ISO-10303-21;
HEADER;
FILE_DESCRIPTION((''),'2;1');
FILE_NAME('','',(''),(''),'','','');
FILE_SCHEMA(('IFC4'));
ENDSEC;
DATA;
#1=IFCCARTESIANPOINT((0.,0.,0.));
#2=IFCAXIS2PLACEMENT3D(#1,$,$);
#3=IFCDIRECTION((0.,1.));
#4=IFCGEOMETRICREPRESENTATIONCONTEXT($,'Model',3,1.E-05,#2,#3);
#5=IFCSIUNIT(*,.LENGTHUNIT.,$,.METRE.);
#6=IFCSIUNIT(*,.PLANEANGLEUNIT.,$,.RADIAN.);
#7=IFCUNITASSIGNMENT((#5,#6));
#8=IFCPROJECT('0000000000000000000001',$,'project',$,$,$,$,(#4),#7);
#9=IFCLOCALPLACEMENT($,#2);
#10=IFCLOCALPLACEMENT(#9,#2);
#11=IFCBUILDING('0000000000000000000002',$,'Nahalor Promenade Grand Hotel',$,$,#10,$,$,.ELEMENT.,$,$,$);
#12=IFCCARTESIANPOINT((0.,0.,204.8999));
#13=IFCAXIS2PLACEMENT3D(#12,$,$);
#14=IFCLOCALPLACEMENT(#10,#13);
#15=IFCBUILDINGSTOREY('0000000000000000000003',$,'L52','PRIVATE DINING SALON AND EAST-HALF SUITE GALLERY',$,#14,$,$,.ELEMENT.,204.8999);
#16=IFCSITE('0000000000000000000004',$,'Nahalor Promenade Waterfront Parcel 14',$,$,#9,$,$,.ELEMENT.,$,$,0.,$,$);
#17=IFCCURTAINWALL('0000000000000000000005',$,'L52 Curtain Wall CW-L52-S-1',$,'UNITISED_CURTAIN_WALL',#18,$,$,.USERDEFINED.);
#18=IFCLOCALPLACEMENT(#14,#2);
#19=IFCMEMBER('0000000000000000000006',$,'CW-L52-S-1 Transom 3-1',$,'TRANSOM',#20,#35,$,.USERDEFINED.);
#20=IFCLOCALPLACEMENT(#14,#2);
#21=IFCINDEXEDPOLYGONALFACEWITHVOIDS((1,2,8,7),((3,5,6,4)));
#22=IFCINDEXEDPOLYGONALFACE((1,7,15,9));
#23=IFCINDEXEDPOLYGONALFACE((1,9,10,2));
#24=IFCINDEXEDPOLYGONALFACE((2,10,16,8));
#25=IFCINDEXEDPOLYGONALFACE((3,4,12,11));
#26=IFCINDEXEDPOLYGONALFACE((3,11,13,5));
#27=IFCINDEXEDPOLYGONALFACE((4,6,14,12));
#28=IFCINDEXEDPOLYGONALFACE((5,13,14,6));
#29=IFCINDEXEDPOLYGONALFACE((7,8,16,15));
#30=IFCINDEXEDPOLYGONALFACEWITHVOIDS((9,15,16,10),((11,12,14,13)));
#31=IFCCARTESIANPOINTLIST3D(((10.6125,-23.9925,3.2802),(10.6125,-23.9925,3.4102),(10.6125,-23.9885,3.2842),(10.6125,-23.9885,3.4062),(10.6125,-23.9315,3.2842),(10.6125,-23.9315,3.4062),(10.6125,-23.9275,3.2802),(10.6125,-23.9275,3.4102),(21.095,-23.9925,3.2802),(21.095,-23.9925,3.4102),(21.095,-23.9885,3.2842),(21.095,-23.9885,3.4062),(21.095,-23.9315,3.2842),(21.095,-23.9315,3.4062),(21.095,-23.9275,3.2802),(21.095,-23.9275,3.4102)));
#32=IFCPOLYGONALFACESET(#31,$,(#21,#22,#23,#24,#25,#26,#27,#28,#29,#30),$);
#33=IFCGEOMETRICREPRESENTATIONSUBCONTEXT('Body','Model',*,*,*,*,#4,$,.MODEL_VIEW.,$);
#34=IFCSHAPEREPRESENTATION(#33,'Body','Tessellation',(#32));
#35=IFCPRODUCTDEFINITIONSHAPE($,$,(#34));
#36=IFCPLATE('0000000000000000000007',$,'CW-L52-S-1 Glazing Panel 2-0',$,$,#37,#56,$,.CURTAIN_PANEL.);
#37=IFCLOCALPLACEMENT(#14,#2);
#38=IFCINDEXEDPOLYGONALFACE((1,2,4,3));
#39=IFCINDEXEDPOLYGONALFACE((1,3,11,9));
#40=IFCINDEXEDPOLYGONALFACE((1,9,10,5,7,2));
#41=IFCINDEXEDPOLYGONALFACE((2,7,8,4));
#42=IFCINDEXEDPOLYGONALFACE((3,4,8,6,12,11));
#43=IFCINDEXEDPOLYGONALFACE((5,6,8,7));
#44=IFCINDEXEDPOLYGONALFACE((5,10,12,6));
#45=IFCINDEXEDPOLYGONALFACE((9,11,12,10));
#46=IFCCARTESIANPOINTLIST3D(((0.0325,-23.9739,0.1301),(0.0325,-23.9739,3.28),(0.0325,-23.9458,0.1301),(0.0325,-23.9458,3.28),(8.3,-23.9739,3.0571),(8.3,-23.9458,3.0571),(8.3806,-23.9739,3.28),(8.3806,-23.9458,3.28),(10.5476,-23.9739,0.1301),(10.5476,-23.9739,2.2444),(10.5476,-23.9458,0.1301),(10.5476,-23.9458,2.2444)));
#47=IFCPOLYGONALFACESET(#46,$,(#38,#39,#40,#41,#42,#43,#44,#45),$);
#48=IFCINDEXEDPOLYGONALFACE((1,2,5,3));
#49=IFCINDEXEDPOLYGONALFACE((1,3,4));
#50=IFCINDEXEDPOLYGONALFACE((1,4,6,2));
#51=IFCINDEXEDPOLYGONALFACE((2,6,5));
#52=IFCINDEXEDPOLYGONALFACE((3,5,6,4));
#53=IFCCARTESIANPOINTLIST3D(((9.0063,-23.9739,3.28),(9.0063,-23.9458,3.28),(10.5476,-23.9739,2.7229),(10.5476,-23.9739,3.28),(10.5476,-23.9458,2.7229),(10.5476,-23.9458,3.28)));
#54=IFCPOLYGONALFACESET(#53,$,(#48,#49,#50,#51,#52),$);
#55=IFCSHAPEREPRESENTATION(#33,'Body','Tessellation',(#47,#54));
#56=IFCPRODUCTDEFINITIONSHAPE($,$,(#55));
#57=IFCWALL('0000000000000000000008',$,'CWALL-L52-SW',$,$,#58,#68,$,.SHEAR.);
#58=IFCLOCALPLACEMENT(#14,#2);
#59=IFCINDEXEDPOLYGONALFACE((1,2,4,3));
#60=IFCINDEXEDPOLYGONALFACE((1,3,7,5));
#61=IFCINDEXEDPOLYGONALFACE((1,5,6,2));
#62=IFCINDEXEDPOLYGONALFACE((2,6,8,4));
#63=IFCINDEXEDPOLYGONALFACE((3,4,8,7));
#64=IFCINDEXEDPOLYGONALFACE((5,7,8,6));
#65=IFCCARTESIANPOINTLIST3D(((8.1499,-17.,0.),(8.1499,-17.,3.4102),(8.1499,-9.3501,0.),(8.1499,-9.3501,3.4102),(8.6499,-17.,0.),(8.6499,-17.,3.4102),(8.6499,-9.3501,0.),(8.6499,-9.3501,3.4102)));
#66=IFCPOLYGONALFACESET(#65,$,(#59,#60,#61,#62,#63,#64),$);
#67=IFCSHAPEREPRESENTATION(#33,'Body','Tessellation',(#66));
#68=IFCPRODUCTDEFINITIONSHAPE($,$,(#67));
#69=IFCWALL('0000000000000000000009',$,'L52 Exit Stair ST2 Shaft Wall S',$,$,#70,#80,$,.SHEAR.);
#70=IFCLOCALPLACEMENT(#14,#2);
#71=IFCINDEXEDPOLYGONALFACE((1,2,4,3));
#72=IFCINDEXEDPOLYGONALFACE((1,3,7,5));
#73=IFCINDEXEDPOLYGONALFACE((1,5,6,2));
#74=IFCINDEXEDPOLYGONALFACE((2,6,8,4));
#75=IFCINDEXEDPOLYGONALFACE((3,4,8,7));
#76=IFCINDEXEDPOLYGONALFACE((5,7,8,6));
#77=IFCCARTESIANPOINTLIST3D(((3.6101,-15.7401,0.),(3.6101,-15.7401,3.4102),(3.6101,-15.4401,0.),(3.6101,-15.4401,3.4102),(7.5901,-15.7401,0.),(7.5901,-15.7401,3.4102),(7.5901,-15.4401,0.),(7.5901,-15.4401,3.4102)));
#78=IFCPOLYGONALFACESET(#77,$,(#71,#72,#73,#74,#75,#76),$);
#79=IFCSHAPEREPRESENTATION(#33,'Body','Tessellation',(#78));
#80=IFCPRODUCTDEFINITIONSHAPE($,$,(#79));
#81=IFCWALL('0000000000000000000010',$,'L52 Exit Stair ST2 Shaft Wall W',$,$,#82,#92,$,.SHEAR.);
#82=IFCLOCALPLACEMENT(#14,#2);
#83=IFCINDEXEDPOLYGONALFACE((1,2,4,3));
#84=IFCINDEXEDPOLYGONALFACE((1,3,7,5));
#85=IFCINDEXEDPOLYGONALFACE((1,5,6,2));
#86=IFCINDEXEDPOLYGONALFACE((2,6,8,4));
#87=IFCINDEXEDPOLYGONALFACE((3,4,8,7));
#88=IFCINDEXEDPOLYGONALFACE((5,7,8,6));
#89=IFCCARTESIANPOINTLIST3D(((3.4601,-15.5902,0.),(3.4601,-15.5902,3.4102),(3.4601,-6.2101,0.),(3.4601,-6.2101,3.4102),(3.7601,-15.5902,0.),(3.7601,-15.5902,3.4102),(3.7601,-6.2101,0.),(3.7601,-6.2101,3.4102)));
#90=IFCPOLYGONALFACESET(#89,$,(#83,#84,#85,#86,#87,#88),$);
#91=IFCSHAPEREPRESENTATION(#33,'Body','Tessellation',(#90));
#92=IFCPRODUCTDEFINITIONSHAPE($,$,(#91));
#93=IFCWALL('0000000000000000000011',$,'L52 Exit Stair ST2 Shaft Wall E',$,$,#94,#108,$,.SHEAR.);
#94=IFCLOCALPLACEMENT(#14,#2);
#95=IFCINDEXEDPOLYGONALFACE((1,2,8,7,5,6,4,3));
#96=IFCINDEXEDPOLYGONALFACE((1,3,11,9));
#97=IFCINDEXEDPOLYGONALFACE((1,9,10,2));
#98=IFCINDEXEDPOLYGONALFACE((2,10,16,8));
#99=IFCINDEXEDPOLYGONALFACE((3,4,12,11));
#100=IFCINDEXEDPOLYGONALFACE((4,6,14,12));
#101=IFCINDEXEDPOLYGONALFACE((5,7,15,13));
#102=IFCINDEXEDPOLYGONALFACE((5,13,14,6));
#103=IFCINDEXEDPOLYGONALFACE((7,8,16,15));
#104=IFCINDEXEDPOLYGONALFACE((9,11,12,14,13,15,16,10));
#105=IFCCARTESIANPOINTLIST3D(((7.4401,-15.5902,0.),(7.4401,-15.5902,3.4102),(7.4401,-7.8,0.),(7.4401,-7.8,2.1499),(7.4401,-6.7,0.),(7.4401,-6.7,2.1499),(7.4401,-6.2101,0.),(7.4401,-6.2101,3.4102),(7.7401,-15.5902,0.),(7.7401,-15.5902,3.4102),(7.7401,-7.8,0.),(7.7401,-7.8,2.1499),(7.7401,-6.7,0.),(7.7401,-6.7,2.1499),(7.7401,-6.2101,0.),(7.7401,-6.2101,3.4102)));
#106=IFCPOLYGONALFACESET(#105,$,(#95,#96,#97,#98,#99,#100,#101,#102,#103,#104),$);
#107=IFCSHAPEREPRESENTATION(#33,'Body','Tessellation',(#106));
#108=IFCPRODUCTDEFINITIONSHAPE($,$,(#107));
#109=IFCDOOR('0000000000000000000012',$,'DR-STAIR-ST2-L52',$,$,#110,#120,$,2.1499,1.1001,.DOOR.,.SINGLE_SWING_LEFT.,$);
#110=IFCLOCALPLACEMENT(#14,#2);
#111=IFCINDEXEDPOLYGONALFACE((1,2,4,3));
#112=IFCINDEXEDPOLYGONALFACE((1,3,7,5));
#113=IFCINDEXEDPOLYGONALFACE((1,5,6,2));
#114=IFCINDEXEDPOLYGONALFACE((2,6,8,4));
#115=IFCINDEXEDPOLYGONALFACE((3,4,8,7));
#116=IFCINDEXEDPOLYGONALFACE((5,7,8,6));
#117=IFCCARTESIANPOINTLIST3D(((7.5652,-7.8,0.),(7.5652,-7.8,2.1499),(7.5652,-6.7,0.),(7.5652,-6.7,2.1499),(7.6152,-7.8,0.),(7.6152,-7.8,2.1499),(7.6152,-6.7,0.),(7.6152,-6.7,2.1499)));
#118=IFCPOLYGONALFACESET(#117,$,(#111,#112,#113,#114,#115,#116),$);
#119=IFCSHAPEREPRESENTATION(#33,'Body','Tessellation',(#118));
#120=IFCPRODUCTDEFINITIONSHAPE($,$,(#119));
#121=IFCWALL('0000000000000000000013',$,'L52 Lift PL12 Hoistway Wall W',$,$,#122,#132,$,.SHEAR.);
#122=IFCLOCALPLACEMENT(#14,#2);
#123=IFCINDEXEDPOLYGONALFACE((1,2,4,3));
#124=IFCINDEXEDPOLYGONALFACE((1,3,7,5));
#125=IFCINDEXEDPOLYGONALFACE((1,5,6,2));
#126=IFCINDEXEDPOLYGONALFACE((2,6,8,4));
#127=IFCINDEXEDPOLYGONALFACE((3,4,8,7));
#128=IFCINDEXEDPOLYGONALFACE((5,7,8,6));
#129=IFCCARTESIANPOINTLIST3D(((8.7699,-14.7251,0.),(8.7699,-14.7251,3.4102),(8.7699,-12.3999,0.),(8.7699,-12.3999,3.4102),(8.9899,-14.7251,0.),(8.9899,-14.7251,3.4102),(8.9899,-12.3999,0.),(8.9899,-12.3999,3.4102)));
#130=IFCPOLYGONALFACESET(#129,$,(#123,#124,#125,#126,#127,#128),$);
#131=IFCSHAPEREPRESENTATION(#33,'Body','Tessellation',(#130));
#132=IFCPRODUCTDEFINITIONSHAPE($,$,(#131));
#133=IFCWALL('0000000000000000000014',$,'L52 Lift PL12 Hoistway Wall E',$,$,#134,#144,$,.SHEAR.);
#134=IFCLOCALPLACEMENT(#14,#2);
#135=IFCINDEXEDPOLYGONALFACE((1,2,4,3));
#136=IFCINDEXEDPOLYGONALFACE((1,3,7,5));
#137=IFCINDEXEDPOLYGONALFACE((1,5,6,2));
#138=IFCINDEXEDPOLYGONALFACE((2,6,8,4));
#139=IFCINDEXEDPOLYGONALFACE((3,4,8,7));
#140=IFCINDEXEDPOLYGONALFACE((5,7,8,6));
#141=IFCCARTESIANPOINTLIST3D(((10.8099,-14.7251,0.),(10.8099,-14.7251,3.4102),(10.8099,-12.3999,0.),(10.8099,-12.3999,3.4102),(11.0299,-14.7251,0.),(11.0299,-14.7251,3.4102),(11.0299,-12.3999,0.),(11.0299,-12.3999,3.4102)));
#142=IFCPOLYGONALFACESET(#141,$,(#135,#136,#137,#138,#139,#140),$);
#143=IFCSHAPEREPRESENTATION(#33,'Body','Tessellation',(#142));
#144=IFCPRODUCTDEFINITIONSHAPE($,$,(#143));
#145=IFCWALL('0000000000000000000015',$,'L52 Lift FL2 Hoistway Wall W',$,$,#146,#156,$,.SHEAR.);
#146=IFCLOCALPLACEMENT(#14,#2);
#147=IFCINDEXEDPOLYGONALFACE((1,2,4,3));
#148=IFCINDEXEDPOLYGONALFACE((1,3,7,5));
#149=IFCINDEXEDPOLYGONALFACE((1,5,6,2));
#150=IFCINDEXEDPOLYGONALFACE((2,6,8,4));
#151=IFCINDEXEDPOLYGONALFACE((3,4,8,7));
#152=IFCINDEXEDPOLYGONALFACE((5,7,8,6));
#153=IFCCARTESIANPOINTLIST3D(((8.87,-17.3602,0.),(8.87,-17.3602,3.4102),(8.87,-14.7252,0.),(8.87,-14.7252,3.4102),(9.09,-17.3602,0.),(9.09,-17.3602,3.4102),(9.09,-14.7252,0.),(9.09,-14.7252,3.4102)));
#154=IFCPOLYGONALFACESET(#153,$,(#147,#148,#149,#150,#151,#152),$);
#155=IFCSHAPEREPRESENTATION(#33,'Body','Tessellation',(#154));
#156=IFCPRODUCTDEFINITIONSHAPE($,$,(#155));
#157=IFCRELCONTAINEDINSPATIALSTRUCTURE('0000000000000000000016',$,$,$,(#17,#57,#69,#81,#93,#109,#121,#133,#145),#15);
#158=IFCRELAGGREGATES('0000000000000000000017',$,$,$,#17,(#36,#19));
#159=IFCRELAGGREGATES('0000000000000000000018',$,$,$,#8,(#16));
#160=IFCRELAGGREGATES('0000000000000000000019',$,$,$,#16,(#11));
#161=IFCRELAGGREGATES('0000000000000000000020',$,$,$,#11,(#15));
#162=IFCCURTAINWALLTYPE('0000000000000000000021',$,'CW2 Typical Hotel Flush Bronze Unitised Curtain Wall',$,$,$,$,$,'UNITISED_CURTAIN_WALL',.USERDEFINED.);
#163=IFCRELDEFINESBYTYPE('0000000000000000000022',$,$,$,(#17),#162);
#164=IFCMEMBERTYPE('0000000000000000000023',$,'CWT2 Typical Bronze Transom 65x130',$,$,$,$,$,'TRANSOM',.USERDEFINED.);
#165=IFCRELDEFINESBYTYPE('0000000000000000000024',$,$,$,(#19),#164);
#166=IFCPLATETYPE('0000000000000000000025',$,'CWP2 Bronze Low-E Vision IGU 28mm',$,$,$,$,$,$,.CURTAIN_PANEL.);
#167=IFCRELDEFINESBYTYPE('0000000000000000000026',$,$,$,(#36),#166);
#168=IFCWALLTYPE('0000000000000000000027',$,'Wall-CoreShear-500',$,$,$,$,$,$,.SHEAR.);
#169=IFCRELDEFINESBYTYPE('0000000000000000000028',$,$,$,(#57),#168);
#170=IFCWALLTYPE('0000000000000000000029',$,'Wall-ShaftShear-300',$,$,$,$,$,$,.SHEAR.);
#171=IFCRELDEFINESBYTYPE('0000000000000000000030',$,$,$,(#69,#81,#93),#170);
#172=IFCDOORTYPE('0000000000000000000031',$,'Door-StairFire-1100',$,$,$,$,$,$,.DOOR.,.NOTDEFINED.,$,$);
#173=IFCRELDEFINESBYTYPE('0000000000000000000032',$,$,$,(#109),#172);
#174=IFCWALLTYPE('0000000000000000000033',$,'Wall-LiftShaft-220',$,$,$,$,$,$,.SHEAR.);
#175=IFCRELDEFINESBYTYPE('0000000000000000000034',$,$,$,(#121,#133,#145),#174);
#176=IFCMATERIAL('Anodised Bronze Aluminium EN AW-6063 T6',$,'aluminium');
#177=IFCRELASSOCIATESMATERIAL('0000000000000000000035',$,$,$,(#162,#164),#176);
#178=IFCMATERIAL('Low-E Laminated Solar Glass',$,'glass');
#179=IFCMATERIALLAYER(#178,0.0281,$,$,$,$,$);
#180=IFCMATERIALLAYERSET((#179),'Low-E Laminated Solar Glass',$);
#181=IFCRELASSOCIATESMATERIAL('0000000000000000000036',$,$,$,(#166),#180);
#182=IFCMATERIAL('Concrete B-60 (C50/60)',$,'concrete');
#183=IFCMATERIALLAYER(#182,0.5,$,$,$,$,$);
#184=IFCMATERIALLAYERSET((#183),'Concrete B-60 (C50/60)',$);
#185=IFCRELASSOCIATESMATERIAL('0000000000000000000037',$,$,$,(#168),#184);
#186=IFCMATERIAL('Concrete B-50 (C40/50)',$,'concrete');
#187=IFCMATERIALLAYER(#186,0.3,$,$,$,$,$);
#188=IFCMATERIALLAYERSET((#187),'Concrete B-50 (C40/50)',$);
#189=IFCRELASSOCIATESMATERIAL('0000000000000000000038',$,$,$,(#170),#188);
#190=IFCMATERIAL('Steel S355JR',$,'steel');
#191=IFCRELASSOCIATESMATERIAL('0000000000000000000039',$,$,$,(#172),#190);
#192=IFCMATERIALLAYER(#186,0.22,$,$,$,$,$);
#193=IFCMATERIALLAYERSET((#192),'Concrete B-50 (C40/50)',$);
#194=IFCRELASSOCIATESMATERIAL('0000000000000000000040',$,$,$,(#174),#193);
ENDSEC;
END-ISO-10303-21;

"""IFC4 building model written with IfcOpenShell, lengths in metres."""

from ifc_helpers import new_model, si_unit, direction, frame, frame_2d, origin, origin_2d, place, context, subcontext, project, spatial, polyline, rectangle, hollow_rectangle, outline, extrude, source, transform, mapped, material, layer, layer_set, material_profile, profile_set, type_object, element, fill, aggregate, save


model = new_model("IFC4")

# Units and contexts
model_context = context("Model", 3, precision=1e-05, world=origin(), true_north=direction((0.0, 1.0)))
body_context = subcontext(model_context, "Body", "Model", "MODEL_VIEW")
ifc_project = project(units=[si_unit("LENGTHUNIT", "METRE"), si_unit("PLANEANGLEUNIT", "RADIAN")], contexts=[model_context])

# Site, building, storey
site_placement = place(None, origin())
site = spatial("IfcSite", under=ifc_project, at=site_placement, Name="Nahalor Promenade Waterfront Parcel 14", CompositionType="ELEMENT", RefElevation=0.0)
building_placement = place(site_placement, origin())
building = spatial("IfcBuilding", under=site, at=building_placement, Name="Nahalor Promenade Grand Hotel", CompositionType="ELEMENT")
storey_placement = place(building_placement, frame((0.0, 0.0, 204.8999)))
storey = spatial("IfcBuildingStorey", under=building, at=storey_placement, Name="L52", Description="PRIVATE DINING SALON AND EAST-HALF SUITE GALLERY", CompositionType="ELEMENT", Elevation=204.8999)

# Shared definitions
ifc_material_1 = material(Name="Concrete B-60 (C50/60)", Category="concrete")
ifc_material_2 = material(Name="Steel S355JR", Category="steel")

# Curtain wall, member, plate
ifc_material_3 = material(Name="Anodised Bronze Aluminium EN AW-6063 T6", Category="aluminium")
curtain_wall_type = type_object("IfcCurtainWallType", Name="CW2 Typical Hotel Flush Bronze Unitised Curtain Wall", ElementType="UNITISED_CURTAIN_WALL", PredefinedType="USERDEFINED", material=ifc_material_3)
curtain_wall_placement = place(storey_placement, origin())
curtain_wall = element("IfcCurtainWall", 1, at=curtain_wall_placement, inside=storey, type_object=curtain_wall_type, Name="L52 Curtain Wall CW-L52-S-1", ObjectType="UNITISED_CURTAIN_WALL", PredefinedType="USERDEFINED")
ifc_material_profile_1 = material_profile(ifc_material_3, hollow_rectangle(XDim=0.065, YDim=0.13, WallThickness=0.004, at=origin_2d()), Name="CWT 65x130x4")
ifc_profile_set_1 = profile_set([ifc_material_profile_1], Name="Anodised Bronze Aluminium EN AW-6063 T6")
member_type_1 = type_object("IfcMemberType", Name="CWT2 Typical Bronze Transom 65x130", ElementType="TRANSOM", PredefinedType="USERDEFINED", material=ifc_profile_set_1)
shared_shape_1 = source(origin(), body_context, "Body", "SweptSolid", [
    extrude(hollow_rectangle(XDim=0.065, YDim=0.13, WallThickness=0.004, at=origin_2d()), origin(), (0.0, 0.0, 1.0), 10.4824),
])
member_1_placement = place(storey_placement, frame((10.6125, -23.96, 3.3452), z_axis=(1.0, 0.0, 0.0), x_axis=(0.0, 1.0, 0.0)))
member_1 = element("IfcMember", 2, at=member_1_placement, type_object=member_type_1, Name="CW-L52-S-1 Transom 3-1", ObjectType="TRANSOM", PredefinedType="USERDEFINED", context=body_context, shape_type="MappedRepresentation", body=[
    mapped(shared_shape_1, transform((0.0, 0.0, 0.0), scale=1.0)),
])
ifc_material_4 = material(Name="Low-E Laminated Solar Glass", Category="glass")
ifc_layer_1 = layer(ifc_material_4, 0.0281)
ifc_layer_set_1 = layer_set([ifc_layer_1], Name="Low-E Laminated Solar Glass")
plate_type = type_object("IfcPlateType", Name="CWP2 Bronze Low-E Vision IGU 28mm", PredefinedType="CURTAIN_PANEL", material=ifc_layer_set_1)
plate_placement = place(storey_placement, frame((5.29, -23.96, 0.1301), z_axis=(0.0, 0.0, 1.0), x_axis=(1.0, 0.0, 0.0)))
plate = element("IfcPlate", 3, at=plate_placement, type_object=plate_type, Name="CW-L52-S-1 Glazing Panel 2-0", PredefinedType="CURTAIN_PANEL", context=body_context, shape_type="SweptSolid", body=[
    extrude(outline(polyline([(-5.2576, 0.0), (5.2576, 0.0), (5.2576, 2.1143), (3.01, 2.927), (3.0906, 3.1499), (-5.2576, 3.1499), (-5.2576, 0.0)])), frame((0.0, 0.0142, 0.0), z_axis=(0.0, -1.0, 0.0), x_axis=(1.0, 0.0, 0.0)), (0.0, 0.0, 1.0), 0.0281),
    extrude(outline(polyline([(5.2576, 2.5928), (5.2576, 3.1499), (3.7163, 3.1499), (5.2576, 2.5928)])), frame((0.0, 0.0142, 0.0), z_axis=(0.0, -1.0, 0.0), x_axis=(1.0, 0.0, 0.0)), (0.0, 0.0, 1.0), 0.0281),
])
aggregate(curtain_wall, [plate, member_1])

# Walls
ifc_layer_2 = layer(ifc_material_1, 0.5)
ifc_layer_set_2 = layer_set([ifc_layer_2], Name="Concrete B-60 (C50/60)")
wall_type_1 = type_object("IfcWallType", Name="Wall-CoreShear-500", PredefinedType="SHEAR", material=ifc_layer_set_2)
shared_shape_2 = source(origin(), body_context, "Body", "SweptSolid", [
    extrude(rectangle(XDim=7.6499, YDim=0.5, at=frame_2d((3.825, 0.0))), origin(), (0.0, 0.0, 1.0), 3.4102),
])
wall_1_placement = place(storey_placement, frame((8.3999, -17.0, 0.0), z_axis=(0.0, 0.0, 1.0), x_axis=(0.0, 1.0, 0.0)))
element("IfcWall", 4, at=wall_1_placement, inside=storey, type_object=wall_type_1, Name="CWALL-L52-SW", PredefinedType="SHEAR", context=body_context, shape_type="MappedRepresentation", body=[
    mapped(shared_shape_2, transform((0.0, 0.0, 0.0), scale=1.0)),
])
ifc_material_5 = material(Name="Concrete B-50 (C40/50)", Category="concrete")
ifc_layer_3 = layer(ifc_material_5, 0.3)
ifc_layer_set_3 = layer_set([ifc_layer_3], Name="Concrete B-50 (C40/50)")
wall_type_2 = type_object("IfcWallType", Name="Wall-ShaftShear-300", PredefinedType="SHEAR", material=ifc_layer_set_3)
shared_shape_3 = source(origin(), body_context, "Body", "SweptSolid", [
    extrude(rectangle(XDim=3.98, YDim=0.3, at=frame_2d((1.99, 0.0))), origin(), (0.0, 0.0, 1.0), 3.4102),
])
wall_2_placement = place(storey_placement, frame((3.6101, -15.5901, 0.0), z_axis=(0.0, 0.0, 1.0), x_axis=(1.0, 0.0, 0.0)))
element("IfcWall", 5, at=wall_2_placement, inside=storey, type_object=wall_type_2, Name="L52 Exit Stair ST2 Shaft Wall S", PredefinedType="SHEAR", context=body_context, shape_type="MappedRepresentation", body=[
    mapped(shared_shape_3, transform((0.0, 0.0, 0.0), scale=1.0)),
])
shared_shape_4 = source(origin(), body_context, "Body", "SweptSolid", [
    extrude(rectangle(XDim=9.3801, YDim=0.3, at=frame_2d((4.6899, 0.0))), origin(), (0.0, 0.0, 1.0), 3.4102),
])
wall_3_placement = place(storey_placement, frame((3.6101, -15.5901, 0.0), z_axis=(0.0, 0.0, 1.0), x_axis=(0.0, 1.0, 0.0)))
element("IfcWall", 6, at=wall_3_placement, inside=storey, type_object=wall_type_2, Name="L52 Exit Stair ST2 Shaft Wall W", PredefinedType="SHEAR", context=body_context, shape_type="MappedRepresentation", body=[
    mapped(shared_shape_4, transform((0.0, 0.0, 0.0), scale=1.0)),
])

# Wall, opening, door
wall_4_placement = place(storey_placement, frame((7.5901, -15.5901, 0.0), z_axis=(0.0, 0.0, 1.0), x_axis=(0.0, 1.0, 0.0)))
wall_4 = element("IfcWall", 7, at=wall_4_placement, inside=storey, type_object=wall_type_2, Name="L52 Exit Stair ST2 Shaft Wall E", PredefinedType="SHEAR", context=body_context, shape_type="MappedRepresentation", body=[
    mapped(shared_shape_4, transform((0.0, 0.0, 0.0), scale=1.0)),
])
opening_1_placement = place(wall_4_placement, frame((7.79, 0.0, 0.0)))
opening_1 = element("IfcOpeningElement", 8, at=opening_1_placement, cuts=wall_4, PredefinedType="OPENING", context=body_context, shape_type="SweptSolid", body=[
    extrude(rectangle(XDim=1.1001, YDim=2.1499, at=frame_2d((0.55, 1.075))), frame((0.0, 0.1599, 0.0), z_axis=(0.0, -1.0, 0.0), x_axis=(1.0, 0.0, 0.0)), (0.0, 0.0, 1.0), 0.3201),
])
door_type_1 = type_object("IfcDoorType", Name="Door-StairFire-1100", OperationType="NOTDEFINED", PredefinedType="DOOR", material=ifc_material_2)
shared_shape_5 = source(origin(), body_context, "Body", "SweptSolid", [
    extrude(rectangle(XDim=1.1001, YDim=2.1499, at=frame_2d((0.55, 1.075))), frame((0.0, 0.0249, 0.0), z_axis=(0.0, -1.0, 0.0), x_axis=(1.0, 0.0, 0.0)), (0.0, 0.0, 1.0), 0.05),
])
door_1_placement = place(opening_1_placement, origin())
door_1 = element("IfcDoor", 9, at=door_1_placement, inside=storey, type_object=door_type_1, Name="DR-STAIR-ST2-L52", OperationType="SINGLE_SWING_LEFT", OverallHeight=2.1499, OverallWidth=1.1001, PredefinedType="DOOR", context=body_context, shape_type="MappedRepresentation", body=[
    mapped(shared_shape_5, transform((0.0, 0.0, 0.0), scale=1.0)),
])
fill(opening_1, door_1)

# Walls
ifc_layer_4 = layer(ifc_material_5, 0.22)
ifc_layer_set_4 = layer_set([ifc_layer_4], Name="Concrete B-50 (C40/50)")
wall_type_3 = type_object("IfcWallType", Name="Wall-LiftShaft-220", PredefinedType="SHEAR", material=ifc_layer_set_4)
shared_shape_6 = source(origin(), body_context, "Body", "SweptSolid", [
    extrude(rectangle(XDim=2.3252, YDim=0.22, at=frame_2d((1.1626, 0.0))), origin(), (0.0, 0.0, 1.0), 3.4102),
])
for number, where, z_axis, x_axis, name in (
    (10, (8.8799, -14.7251, 0.0), (0.0, 0.0, 1.0), (0.0, 1.0, 0.0), "L52 Lift PL12 Hoistway Wall W"),
    (11, (10.9199, -14.7251, 0.0), (0.0, 0.0, 1.0), (0.0, 1.0, 0.0), "L52 Lift PL12 Hoistway Wall E"),
):
    element("IfcWall", number, at=place(storey_placement, frame(where, z_axis=z_axis, x_axis=x_axis)), inside=storey, type_object=wall_type_3, Name=name, PredefinedType="SHEAR", context=body_context, shape_type="MappedRepresentation", body=[
        mapped(shared_shape_6, transform((0.0, 0.0, 0.0), scale=1.0)),
    ])
shared_shape_7 = source(origin(), body_context, "Body", "SweptSolid", [
    extrude(rectangle(XDim=2.635, YDim=0.22, at=frame_2d((1.3174, 0.0))), origin(), (0.0, 0.0, 1.0), 3.4102),
])
wall_5_placement = place(storey_placement, frame((8.98, -17.3601, 0.0), z_axis=(0.0, 0.0, 1.0), x_axis=(0.0, 1.0, 0.0)))
element("IfcWall", 12, at=wall_5_placement, inside=storey, type_object=wall_type_3, Name="L52 Lift FL2 Hoistway Wall W", PredefinedType="SHEAR", context=body_context, shape_type="MappedRepresentation", body=[
    mapped(shared_shape_7, transform((0.0, 0.0, 0.0), scale=1.0)),
])

save(model, "model.ifc")
